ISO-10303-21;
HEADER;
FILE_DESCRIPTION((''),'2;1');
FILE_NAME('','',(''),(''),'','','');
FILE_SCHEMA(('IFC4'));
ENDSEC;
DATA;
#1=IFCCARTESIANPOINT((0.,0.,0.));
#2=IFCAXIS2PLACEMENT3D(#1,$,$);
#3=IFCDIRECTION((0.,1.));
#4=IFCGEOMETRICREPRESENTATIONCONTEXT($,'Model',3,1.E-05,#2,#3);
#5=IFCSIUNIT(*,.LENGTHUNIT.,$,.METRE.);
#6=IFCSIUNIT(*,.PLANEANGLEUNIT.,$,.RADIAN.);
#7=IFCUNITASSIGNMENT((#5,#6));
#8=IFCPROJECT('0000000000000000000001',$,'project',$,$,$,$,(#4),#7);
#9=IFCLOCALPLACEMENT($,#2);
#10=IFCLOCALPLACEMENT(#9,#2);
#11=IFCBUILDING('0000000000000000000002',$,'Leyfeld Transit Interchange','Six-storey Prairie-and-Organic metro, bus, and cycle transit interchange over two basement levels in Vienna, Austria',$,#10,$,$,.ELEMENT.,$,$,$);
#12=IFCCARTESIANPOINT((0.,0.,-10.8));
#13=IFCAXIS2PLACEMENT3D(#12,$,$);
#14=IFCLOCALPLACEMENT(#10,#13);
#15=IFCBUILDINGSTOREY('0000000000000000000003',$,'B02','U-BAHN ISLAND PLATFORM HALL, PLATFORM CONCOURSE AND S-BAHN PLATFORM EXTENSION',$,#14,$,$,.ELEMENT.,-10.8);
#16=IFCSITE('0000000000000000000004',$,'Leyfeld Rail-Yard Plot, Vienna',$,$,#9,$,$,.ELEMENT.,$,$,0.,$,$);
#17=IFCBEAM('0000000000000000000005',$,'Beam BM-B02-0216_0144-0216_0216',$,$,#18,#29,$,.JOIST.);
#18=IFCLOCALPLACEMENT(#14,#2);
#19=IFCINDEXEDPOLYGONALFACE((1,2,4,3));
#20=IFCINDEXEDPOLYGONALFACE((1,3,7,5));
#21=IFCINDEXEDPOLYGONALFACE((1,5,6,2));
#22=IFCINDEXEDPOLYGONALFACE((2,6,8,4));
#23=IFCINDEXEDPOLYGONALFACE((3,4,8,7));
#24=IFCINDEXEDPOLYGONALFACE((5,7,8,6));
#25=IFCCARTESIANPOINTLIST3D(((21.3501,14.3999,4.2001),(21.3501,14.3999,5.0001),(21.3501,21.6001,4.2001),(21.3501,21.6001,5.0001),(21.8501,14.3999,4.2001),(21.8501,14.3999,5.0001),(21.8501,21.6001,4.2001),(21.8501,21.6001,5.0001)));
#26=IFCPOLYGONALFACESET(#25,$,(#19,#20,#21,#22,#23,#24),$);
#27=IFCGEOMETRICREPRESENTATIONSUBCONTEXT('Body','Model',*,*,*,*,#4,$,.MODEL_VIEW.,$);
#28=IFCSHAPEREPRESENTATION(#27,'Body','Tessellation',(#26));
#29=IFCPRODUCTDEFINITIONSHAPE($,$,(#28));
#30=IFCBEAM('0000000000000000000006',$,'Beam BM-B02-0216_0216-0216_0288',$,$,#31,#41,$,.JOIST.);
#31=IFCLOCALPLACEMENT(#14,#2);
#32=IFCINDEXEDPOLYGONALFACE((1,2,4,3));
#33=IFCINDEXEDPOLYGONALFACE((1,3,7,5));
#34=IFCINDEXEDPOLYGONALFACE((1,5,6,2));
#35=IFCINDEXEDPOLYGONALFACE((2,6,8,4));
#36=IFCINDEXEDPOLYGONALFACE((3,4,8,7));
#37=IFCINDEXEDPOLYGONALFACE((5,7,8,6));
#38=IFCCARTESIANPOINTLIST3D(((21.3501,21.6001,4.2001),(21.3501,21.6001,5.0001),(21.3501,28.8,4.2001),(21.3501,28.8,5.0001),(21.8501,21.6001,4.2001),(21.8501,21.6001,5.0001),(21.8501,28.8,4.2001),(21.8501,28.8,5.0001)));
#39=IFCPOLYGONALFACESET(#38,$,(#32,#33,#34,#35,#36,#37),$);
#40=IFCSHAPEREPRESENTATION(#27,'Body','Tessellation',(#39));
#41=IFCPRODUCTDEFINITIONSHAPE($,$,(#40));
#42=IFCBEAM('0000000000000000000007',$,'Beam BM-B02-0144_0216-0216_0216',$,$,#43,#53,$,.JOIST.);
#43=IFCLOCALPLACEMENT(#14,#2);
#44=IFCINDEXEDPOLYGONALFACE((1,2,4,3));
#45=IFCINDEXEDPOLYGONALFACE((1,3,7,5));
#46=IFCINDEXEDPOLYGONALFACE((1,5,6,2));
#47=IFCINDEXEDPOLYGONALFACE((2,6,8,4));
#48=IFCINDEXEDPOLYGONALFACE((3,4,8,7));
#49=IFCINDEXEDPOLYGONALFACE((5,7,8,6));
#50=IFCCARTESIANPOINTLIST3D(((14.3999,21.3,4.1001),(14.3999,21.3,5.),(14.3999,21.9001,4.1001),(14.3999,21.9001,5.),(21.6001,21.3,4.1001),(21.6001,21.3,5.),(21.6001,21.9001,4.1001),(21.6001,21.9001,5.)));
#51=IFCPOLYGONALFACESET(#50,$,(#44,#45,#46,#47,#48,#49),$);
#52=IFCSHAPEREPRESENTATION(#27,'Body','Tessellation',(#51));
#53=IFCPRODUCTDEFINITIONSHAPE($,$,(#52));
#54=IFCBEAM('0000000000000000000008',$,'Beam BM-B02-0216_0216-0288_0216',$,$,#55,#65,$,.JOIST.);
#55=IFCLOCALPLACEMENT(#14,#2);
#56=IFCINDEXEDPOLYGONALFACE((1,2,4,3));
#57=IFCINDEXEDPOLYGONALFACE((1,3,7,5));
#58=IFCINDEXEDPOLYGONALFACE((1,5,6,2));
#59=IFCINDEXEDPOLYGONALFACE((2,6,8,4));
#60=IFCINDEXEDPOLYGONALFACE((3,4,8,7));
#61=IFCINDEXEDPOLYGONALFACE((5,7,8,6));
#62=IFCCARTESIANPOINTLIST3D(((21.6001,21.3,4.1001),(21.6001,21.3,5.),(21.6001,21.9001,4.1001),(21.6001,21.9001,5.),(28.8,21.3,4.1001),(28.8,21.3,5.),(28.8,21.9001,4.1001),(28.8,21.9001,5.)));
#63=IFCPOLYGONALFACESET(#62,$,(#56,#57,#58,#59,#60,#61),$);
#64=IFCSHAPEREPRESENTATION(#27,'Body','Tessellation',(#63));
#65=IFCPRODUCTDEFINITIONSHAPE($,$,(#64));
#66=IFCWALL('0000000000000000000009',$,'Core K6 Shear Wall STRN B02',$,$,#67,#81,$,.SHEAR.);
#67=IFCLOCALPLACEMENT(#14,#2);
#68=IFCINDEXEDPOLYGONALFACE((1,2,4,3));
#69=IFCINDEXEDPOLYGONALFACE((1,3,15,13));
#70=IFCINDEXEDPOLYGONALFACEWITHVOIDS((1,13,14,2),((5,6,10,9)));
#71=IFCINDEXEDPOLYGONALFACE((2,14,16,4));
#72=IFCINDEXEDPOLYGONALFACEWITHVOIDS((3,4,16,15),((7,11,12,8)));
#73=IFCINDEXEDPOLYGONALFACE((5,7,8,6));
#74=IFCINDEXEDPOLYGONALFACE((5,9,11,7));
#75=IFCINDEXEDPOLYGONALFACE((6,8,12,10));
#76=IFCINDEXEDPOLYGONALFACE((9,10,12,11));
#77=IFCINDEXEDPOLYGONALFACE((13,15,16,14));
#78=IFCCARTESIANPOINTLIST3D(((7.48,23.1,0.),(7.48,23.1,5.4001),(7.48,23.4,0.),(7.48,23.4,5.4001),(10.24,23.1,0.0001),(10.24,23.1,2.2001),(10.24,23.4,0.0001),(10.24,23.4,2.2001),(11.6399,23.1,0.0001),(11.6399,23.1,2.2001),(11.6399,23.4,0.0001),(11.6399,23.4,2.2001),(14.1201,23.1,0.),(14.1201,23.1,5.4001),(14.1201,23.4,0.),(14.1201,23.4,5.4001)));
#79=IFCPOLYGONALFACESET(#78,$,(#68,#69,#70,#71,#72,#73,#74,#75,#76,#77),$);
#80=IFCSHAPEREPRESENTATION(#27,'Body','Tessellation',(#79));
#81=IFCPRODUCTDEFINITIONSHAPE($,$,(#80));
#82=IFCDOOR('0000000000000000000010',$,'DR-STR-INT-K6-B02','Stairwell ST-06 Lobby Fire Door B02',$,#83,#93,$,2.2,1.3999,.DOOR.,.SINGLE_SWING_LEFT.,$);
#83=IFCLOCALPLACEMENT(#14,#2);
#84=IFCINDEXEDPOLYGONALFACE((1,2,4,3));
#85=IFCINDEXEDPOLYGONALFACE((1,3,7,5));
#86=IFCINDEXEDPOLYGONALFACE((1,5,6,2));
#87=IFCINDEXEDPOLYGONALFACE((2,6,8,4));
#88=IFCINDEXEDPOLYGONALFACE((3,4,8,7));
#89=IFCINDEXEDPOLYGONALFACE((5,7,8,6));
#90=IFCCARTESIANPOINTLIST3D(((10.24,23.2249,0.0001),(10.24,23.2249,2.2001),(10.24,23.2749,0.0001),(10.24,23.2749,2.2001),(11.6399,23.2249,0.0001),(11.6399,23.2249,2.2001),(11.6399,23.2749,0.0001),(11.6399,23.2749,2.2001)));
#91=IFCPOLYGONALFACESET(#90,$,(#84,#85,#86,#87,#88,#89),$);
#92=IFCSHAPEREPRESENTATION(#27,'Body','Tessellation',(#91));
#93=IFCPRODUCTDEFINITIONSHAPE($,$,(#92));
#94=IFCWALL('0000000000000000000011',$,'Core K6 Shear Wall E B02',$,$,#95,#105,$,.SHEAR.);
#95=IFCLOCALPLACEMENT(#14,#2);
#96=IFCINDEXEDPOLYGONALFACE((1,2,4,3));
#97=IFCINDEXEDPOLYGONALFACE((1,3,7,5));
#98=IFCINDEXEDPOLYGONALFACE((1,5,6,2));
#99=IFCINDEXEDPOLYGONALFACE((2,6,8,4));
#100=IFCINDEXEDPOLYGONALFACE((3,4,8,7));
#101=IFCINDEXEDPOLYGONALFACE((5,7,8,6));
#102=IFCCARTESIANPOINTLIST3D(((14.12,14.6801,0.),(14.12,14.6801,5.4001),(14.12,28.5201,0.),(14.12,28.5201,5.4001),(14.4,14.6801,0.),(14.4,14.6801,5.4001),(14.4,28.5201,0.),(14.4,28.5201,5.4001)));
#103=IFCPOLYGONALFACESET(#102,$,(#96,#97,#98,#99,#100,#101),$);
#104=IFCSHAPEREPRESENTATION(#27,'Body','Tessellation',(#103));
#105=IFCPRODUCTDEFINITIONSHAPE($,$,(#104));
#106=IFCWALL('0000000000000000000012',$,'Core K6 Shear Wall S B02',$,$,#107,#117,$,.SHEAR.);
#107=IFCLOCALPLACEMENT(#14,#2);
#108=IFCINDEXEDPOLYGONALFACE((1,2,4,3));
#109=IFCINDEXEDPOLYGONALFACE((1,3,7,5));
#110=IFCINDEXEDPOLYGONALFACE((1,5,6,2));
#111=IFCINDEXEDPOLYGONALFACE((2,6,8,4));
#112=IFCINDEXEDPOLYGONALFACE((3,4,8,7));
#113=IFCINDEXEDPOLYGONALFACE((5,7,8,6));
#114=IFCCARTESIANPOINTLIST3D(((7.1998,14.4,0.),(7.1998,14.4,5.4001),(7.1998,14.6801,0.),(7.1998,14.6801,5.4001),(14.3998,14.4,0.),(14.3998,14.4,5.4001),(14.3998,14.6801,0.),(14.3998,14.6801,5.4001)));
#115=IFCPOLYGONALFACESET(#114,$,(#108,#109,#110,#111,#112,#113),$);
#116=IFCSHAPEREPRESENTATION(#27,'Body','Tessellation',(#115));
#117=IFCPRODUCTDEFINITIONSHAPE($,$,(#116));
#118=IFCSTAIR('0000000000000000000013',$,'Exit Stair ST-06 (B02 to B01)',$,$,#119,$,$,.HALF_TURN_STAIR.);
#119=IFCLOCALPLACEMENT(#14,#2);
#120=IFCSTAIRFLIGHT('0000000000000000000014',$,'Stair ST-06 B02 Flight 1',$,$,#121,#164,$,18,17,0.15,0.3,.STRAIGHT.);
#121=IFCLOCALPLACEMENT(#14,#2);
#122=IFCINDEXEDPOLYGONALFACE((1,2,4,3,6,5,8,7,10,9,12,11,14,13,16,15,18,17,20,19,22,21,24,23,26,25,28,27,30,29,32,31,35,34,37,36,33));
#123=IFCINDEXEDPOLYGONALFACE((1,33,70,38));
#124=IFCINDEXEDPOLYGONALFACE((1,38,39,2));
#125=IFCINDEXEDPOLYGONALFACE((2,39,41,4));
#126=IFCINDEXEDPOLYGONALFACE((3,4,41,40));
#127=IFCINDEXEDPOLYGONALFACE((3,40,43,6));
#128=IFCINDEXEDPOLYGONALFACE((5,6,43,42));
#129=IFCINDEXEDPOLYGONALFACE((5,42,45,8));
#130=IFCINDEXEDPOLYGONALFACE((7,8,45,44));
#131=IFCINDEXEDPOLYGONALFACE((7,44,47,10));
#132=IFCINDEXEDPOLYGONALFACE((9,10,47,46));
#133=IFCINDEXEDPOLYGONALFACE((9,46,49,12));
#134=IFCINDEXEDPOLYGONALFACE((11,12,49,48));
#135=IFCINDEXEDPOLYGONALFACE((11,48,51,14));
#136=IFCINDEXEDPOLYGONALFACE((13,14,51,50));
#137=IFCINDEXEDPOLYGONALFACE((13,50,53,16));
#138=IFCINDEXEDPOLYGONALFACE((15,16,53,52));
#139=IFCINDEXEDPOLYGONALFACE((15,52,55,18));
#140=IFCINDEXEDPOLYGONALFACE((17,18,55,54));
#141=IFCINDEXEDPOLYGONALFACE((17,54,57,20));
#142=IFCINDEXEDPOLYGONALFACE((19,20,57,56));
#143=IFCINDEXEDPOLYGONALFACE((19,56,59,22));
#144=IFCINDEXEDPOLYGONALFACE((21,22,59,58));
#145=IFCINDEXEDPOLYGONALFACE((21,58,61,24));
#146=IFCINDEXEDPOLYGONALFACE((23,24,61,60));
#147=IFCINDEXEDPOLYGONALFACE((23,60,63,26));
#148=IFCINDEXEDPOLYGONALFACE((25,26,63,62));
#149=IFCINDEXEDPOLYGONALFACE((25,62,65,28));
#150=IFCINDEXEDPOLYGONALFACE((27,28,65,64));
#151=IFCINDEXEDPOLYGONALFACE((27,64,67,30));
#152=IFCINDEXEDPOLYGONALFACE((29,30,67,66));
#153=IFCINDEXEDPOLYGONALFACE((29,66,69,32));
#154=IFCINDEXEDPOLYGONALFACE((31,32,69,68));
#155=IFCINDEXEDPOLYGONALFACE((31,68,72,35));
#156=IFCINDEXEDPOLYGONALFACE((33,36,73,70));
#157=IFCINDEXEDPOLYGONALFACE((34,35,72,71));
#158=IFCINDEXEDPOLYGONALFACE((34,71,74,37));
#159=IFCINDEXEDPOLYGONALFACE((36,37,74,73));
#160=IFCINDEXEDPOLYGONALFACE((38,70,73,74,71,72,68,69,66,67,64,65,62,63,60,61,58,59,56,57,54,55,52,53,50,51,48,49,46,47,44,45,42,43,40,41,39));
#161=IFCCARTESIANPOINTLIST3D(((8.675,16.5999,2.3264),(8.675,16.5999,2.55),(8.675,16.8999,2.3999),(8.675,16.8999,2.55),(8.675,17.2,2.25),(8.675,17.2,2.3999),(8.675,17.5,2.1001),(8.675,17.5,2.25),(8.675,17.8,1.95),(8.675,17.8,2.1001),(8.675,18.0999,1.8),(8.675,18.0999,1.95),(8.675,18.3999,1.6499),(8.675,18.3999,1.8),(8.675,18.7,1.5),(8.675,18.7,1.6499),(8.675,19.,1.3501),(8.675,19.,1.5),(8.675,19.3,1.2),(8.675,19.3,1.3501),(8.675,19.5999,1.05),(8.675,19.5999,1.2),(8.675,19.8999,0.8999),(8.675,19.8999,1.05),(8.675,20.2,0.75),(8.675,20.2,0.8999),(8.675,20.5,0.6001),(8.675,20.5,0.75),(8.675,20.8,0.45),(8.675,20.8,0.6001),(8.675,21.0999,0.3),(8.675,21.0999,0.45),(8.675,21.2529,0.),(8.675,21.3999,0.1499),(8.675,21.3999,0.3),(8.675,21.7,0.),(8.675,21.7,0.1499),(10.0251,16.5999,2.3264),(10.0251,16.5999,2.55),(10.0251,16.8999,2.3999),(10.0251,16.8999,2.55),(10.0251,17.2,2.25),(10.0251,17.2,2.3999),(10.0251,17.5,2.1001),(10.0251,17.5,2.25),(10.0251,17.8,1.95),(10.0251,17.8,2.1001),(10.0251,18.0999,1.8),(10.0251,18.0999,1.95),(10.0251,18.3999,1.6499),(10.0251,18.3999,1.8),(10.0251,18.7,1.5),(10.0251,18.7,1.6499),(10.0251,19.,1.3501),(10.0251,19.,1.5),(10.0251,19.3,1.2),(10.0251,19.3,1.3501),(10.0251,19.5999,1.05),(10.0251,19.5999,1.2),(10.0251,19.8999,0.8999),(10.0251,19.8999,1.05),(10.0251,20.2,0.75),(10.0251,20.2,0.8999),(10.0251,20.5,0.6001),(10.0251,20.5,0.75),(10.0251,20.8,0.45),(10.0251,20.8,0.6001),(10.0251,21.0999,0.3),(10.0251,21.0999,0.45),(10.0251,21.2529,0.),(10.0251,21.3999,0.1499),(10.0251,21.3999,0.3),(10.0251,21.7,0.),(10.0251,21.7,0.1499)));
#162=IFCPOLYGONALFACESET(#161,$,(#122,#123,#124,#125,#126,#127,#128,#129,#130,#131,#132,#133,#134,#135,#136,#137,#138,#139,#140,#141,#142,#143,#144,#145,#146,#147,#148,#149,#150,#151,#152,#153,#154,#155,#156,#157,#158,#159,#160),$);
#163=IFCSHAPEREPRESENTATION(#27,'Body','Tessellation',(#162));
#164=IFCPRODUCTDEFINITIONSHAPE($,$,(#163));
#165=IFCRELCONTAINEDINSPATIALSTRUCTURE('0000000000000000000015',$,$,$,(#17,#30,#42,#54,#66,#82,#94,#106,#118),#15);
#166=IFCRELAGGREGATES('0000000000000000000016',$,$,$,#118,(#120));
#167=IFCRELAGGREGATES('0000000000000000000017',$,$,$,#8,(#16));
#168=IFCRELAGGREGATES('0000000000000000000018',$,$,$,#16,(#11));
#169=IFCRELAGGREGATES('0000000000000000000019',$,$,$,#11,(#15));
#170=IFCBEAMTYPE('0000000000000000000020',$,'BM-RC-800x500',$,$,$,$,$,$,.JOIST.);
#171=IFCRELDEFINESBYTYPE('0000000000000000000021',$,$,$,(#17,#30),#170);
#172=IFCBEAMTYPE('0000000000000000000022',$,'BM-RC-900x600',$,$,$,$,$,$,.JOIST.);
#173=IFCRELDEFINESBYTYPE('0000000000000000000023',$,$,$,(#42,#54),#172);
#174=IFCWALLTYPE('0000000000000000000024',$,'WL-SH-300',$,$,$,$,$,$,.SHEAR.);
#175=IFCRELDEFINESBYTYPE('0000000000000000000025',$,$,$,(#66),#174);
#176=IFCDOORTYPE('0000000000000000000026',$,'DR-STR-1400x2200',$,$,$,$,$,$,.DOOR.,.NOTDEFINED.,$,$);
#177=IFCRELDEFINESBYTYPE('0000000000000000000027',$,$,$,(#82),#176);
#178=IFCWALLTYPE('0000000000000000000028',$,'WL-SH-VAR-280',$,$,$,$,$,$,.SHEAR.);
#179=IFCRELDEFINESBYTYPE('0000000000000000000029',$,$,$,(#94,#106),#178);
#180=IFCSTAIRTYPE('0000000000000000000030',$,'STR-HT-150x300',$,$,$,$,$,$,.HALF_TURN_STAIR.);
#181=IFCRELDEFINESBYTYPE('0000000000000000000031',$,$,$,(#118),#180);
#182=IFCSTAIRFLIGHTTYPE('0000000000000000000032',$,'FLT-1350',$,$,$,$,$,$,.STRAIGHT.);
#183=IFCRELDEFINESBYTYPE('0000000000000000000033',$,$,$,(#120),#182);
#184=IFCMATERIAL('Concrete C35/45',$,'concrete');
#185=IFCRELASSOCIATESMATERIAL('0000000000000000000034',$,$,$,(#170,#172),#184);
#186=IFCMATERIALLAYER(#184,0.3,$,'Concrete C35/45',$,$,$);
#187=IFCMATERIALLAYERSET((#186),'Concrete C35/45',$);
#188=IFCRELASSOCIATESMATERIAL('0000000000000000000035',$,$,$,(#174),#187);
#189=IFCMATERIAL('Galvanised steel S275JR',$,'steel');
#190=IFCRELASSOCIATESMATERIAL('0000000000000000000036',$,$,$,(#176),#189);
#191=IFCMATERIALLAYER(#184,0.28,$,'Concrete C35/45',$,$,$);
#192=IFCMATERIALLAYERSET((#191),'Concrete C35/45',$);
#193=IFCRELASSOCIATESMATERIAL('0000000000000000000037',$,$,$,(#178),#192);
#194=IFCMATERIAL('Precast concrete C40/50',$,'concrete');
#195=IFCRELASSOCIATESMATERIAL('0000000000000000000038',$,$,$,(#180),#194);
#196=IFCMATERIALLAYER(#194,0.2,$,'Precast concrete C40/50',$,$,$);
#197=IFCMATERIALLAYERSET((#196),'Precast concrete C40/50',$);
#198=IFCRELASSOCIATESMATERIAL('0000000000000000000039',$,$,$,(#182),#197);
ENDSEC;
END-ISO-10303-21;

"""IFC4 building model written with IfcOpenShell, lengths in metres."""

from ifc_helpers import new_model, si_unit, direction, frame, frame_2d, origin, origin_2d, place, context, subcontext, project, spatial, polyline, rectangle, outline, extrude, material, layer, layer_set, material_profile, profile_set, type_object, element, fill, aggregate, save


model = new_model("IFC4")

# Units and contexts
model_context = context("Model", 3, precision=1e-05, world=origin(), true_north=direction((0.0, 1.0)))
body_context = subcontext(model_context, "Body", "Model", "MODEL_VIEW")
ifc_project = project(units=[si_unit("LENGTHUNIT", "METRE"), si_unit("PLANEANGLEUNIT", "RADIAN")], contexts=[model_context])

# Site, building, storey
site_placement = place(None, origin())
site = spatial("IfcSite", under=ifc_project, at=site_placement, Name="Leyfeld Rail-Yard Plot, Vienna", CompositionType="ELEMENT", RefElevation=0.0)
building_placement = place(site_placement, origin())
building = spatial("IfcBuilding", under=site, at=building_placement, Name="Leyfeld Transit Interchange", Description="Six-storey Prairie-and-Organic metro, bus, and cycle transit interchange over two basement levels in Vienna, Austria", CompositionType="ELEMENT")
storey_placement = place(building_placement, frame((0.0, 0.0, -10.8)))
storey = spatial("IfcBuildingStorey", under=building, at=storey_placement, Name="B02", Description="U-BAHN ISLAND PLATFORM HALL, PLATFORM CONCOURSE AND S-BAHN PLATFORM EXTENSION", CompositionType="ELEMENT", Elevation=-10.8)

# Shared definitions
ifc_material_1 = material(Name="Concrete C35/45", Category="concrete")

# Beams
ifc_material_profile_1 = material_profile(ifc_material_1, rectangle(XDim=0.5, YDim=0.8, at=origin_2d()), Name="RC 800x500")
ifc_profile_set_1 = profile_set([ifc_material_profile_1], Name="Concrete C35/45")
beam_type_1 = type_object("IfcBeamType", Name="BM-RC-800x500", PredefinedType="JOIST", material=ifc_profile_set_1)
beam_1_placement = place(storey_placement, frame((21.6001, 14.3999, 4.6001), z_axis=(0.0, 1.0, 0.0), x_axis=(-1.0, 0.0, 0.0)))
element("IfcBeam", 1, at=beam_1_placement, inside=storey, type_object=beam_type_1, Name="Beam BM-B02-0216_0144-0216_0216", PredefinedType="JOIST", context=body_context, shape_type="SweptSolid", body=[
    extrude(rectangle(XDim=0.5, YDim=0.8, at=origin_2d()), origin(), (0.0, 0.0, 1.0), 7.2002),
])
beam_2_placement = place(storey_placement, frame((21.6001, 21.6001, 4.6001), z_axis=(0.0, 1.0, 0.0), x_axis=(-1.0, 0.0, 0.0)))
element("IfcBeam", 2, at=beam_2_placement, inside=storey, type_object=beam_type_1, Name="Beam BM-B02-0216_0216-0216_0288", PredefinedType="JOIST", context=body_context, shape_type="SweptSolid", body=[
    extrude(rectangle(XDim=0.5, YDim=0.8, at=origin_2d()), origin(), (0.0, 0.0, 1.0), 7.2),
])
ifc_material_profile_2 = material_profile(ifc_material_1, rectangle(XDim=0.6001, YDim=0.8999, at=origin_2d()), Name="RC 900x600")
ifc_profile_set_2 = profile_set([ifc_material_profile_2], Name="Concrete C35/45")
beam_type_2 = type_object("IfcBeamType", Name="BM-RC-900x600", PredefinedType="JOIST", material=ifc_profile_set_2)
beam_3_placement = place(storey_placement, frame((14.3999, 21.6001, 4.55), z_axis=(1.0, 0.0, 0.0), x_axis=(0.0, 1.0, 0.0)))
element("IfcBeam", 3, at=beam_3_placement, inside=storey, type_object=beam_type_2, Name="Beam BM-B02-0144_0216-0216_0216", PredefinedType="JOIST", context=body_context, shape_type="SweptSolid", body=[
    extrude(rectangle(XDim=0.6001, YDim=0.8999, at=origin_2d()), origin(), (0.0, 0.0, 1.0), 7.2002),
])
beam_4_placement = place(storey_placement, frame((21.6001, 21.6001, 4.55), z_axis=(1.0, 0.0, 0.0), x_axis=(0.0, 1.0, 0.0)))
element("IfcBeam", 4, at=beam_4_placement, inside=storey, type_object=beam_type_2, Name="Beam BM-B02-0216_0216-0288_0216", PredefinedType="JOIST", context=body_context, shape_type="SweptSolid", body=[
    extrude(rectangle(XDim=0.6001, YDim=0.8999, at=origin_2d()), origin(), (0.0, 0.0, 1.0), 7.2),
])

# Wall, opening, door
ifc_layer_1 = layer(ifc_material_1, 0.3, Name="Concrete C35/45")
ifc_layer_set_1 = layer_set([ifc_layer_1], Name="Concrete C35/45")
wall_type_1 = type_object("IfcWallType", Name="WL-SH-300", PredefinedType="SHEAR", material=ifc_layer_set_1)
wall_1_placement = place(storey_placement, frame((7.48, 23.25, 0.0), z_axis=(0.0, 0.0, 1.0), x_axis=(1.0, 0.0, 0.0)))
wall_1 = element("IfcWall", 5, at=wall_1_placement, inside=storey, type_object=wall_type_1, Name="Core K6 Shear Wall STRN B02", PredefinedType="SHEAR", context=body_context, shape_type="SweptSolid", body=[
    extrude(rectangle(XDim=6.6401, YDim=0.3, at=frame_2d((3.3201, 0.0))), origin(), (0.0, 0.0, 1.0), 5.4001),
])
opening_placement = place(wall_1_placement, frame((2.76, 0.0, 0.0)))
opening = element("IfcOpeningElement", 6, at=opening_placement, cuts=wall_1, PredefinedType="OPENING", context=body_context, shape_type="SweptSolid", body=[
    extrude(rectangle(XDim=1.3999, YDim=2.2, at=frame_2d((0.7, 1.1001))), frame((0.0, 0.1599, 0.0), z_axis=(0.0, -1.0, 0.0), x_axis=(1.0, 0.0, 0.0)), (0.0, 0.0, 1.0), 0.3201),
])
ifc_material_2 = material(Name="Galvanised steel S275JR", Category="steel")
door_type = type_object("IfcDoorType", Name="DR-STR-1400x2200", OperationType="NOTDEFINED", PredefinedType="DOOR", material=ifc_material_2)
door_placement = place(opening_placement, origin())
door = element("IfcDoor", 7, at=door_placement, inside=storey, type_object=door_type, Name="DR-STR-INT-K6-B02", Description="Stairwell ST-06 Lobby Fire Door B02", OperationType="SINGLE_SWING_LEFT", OverallHeight=2.2, OverallWidth=1.3999, PredefinedType="DOOR", context=body_context, shape_type="SweptSolid", body=[
    extrude(rectangle(XDim=1.3999, YDim=2.2, at=frame_2d((0.7, 1.1001))), frame((0.0, 0.0249, 0.0), z_axis=(0.0, -1.0, 0.0), x_axis=(1.0, 0.0, 0.0)), (0.0, 0.0, 1.0), 0.05),
])
fill(opening, door)

# Walls
ifc_layer_2 = layer(ifc_material_1, 0.28, Name="Concrete C35/45")
ifc_layer_set_2 = layer_set([ifc_layer_2], Name="Concrete C35/45")
wall_type_2 = type_object("IfcWallType", Name="WL-SH-VAR-280", PredefinedType="SHEAR", material=ifc_layer_set_2)
wall_2_placement = place(storey_placement, frame((14.26, 28.52, 0.0), z_axis=(0.0, 0.0, 1.0), x_axis=(0.0, -1.0, 0.0)))
element("IfcWall", 8, at=wall_2_placement, inside=storey, type_object=wall_type_2, Name="Core K6 Shear Wall E B02", PredefinedType="SHEAR", context=body_context, shape_type="SweptSolid", body=[
    extrude(rectangle(XDim=13.8401, YDim=0.28, at=frame_2d((6.9199, 0.0))), origin(), (0.0, 0.0, 1.0), 5.4001),
])
wall_3_placement = place(storey_placement, frame((14.3999, 14.54, 0.0), z_axis=(0.0, 0.0, 1.0), x_axis=(-1.0, 0.0, 0.0)))
element("IfcWall", 9, at=wall_3_placement, inside=storey, type_object=wall_type_2, Name="Core K6 Shear Wall S B02", PredefinedType="SHEAR", context=body_context, shape_type="SweptSolid", body=[
    extrude(rectangle(XDim=7.2, YDim=0.28, at=frame_2d((3.6001, 0.0))), origin(), (0.0, 0.0, 1.0), 5.4001),
])

# Stair, stair flight
ifc_material_3 = material(Name="Precast concrete C40/50", Category="concrete")
stair_type = type_object("IfcStairType", Name="STR-HT-150x300", PredefinedType="HALF_TURN_STAIR", material=ifc_material_3)
stair_placement = place(storey_placement, origin())
stair = element("IfcStair", 10, at=stair_placement, inside=storey, type_object=stair_type, Name="Exit Stair ST-06 (B02 to B01)", PredefinedType="HALF_TURN_STAIR")
ifc_layer_3 = layer(ifc_material_3, 0.2, Name="Precast concrete C40/50")
ifc_layer_set_3 = layer_set([ifc_layer_3], Name="Precast concrete C40/50")
stair_flight_type = type_object("IfcStairFlightType", Name="FLT-1350", PredefinedType="STRAIGHT", material=ifc_layer_set_3)
stair_flight_1_placement = place(storey_placement, frame((9.3501, 21.7, 0.0), z_axis=(0.0, 0.0, 1.0), x_axis=(0.0, -1.0, 0.0)))
stair_flight_1 = element("IfcStairFlight", 11, at=stair_flight_1_placement, type_object=stair_flight_type, Name="Stair ST-06 B02 Flight 1", NumberOfRisers=18, NumberOfTreads=17, PredefinedType="STRAIGHT", RiserHeight=0.15, TreadLength=0.3, context=body_context, shape_type="SweptSolid", body=[
    extrude(outline(polyline([(0.0, 0.0), (0.0, 0.1499), (0.3, 0.1499), (0.3, 0.3), (0.6001, 0.3), (0.6001, 0.45), (0.8999, 0.45), (0.8999, 0.6001), (1.2, 0.6001), (1.2, 0.75), (1.5, 0.75), (1.5, 0.8999), (1.8, 0.8999), (1.8, 1.05), (2.1001, 1.05), (2.1001, 1.2), (2.3999, 1.2), (2.3999, 1.3501), (2.7, 1.3501), (2.7, 1.5), (3.0, 1.5), (3.0, 1.6499), (3.3, 1.6499), (3.3, 1.8), (3.6001, 1.8), (3.6001, 1.95), (3.8999, 1.95), (3.8999, 2.1001), (4.2, 2.1001), (4.2, 2.25), (4.5, 2.25), (4.5, 2.3999), (4.8, 2.3999), (4.8, 2.55), (5.1001, 2.55), (5.1001, 2.7), (5.1001, 2.3264), (0.447, 0.0), (0.0, 0.0)])), frame((0.0, 0.675, 0.0), z_axis=(0.0, -1.0, 0.0), x_axis=(1.0, 0.0, 0.0)), (0.0, 0.0, 1.0), 1.3501),
])
aggregate(stair, [stair_flight_1])

save(model, "model.ifc")
